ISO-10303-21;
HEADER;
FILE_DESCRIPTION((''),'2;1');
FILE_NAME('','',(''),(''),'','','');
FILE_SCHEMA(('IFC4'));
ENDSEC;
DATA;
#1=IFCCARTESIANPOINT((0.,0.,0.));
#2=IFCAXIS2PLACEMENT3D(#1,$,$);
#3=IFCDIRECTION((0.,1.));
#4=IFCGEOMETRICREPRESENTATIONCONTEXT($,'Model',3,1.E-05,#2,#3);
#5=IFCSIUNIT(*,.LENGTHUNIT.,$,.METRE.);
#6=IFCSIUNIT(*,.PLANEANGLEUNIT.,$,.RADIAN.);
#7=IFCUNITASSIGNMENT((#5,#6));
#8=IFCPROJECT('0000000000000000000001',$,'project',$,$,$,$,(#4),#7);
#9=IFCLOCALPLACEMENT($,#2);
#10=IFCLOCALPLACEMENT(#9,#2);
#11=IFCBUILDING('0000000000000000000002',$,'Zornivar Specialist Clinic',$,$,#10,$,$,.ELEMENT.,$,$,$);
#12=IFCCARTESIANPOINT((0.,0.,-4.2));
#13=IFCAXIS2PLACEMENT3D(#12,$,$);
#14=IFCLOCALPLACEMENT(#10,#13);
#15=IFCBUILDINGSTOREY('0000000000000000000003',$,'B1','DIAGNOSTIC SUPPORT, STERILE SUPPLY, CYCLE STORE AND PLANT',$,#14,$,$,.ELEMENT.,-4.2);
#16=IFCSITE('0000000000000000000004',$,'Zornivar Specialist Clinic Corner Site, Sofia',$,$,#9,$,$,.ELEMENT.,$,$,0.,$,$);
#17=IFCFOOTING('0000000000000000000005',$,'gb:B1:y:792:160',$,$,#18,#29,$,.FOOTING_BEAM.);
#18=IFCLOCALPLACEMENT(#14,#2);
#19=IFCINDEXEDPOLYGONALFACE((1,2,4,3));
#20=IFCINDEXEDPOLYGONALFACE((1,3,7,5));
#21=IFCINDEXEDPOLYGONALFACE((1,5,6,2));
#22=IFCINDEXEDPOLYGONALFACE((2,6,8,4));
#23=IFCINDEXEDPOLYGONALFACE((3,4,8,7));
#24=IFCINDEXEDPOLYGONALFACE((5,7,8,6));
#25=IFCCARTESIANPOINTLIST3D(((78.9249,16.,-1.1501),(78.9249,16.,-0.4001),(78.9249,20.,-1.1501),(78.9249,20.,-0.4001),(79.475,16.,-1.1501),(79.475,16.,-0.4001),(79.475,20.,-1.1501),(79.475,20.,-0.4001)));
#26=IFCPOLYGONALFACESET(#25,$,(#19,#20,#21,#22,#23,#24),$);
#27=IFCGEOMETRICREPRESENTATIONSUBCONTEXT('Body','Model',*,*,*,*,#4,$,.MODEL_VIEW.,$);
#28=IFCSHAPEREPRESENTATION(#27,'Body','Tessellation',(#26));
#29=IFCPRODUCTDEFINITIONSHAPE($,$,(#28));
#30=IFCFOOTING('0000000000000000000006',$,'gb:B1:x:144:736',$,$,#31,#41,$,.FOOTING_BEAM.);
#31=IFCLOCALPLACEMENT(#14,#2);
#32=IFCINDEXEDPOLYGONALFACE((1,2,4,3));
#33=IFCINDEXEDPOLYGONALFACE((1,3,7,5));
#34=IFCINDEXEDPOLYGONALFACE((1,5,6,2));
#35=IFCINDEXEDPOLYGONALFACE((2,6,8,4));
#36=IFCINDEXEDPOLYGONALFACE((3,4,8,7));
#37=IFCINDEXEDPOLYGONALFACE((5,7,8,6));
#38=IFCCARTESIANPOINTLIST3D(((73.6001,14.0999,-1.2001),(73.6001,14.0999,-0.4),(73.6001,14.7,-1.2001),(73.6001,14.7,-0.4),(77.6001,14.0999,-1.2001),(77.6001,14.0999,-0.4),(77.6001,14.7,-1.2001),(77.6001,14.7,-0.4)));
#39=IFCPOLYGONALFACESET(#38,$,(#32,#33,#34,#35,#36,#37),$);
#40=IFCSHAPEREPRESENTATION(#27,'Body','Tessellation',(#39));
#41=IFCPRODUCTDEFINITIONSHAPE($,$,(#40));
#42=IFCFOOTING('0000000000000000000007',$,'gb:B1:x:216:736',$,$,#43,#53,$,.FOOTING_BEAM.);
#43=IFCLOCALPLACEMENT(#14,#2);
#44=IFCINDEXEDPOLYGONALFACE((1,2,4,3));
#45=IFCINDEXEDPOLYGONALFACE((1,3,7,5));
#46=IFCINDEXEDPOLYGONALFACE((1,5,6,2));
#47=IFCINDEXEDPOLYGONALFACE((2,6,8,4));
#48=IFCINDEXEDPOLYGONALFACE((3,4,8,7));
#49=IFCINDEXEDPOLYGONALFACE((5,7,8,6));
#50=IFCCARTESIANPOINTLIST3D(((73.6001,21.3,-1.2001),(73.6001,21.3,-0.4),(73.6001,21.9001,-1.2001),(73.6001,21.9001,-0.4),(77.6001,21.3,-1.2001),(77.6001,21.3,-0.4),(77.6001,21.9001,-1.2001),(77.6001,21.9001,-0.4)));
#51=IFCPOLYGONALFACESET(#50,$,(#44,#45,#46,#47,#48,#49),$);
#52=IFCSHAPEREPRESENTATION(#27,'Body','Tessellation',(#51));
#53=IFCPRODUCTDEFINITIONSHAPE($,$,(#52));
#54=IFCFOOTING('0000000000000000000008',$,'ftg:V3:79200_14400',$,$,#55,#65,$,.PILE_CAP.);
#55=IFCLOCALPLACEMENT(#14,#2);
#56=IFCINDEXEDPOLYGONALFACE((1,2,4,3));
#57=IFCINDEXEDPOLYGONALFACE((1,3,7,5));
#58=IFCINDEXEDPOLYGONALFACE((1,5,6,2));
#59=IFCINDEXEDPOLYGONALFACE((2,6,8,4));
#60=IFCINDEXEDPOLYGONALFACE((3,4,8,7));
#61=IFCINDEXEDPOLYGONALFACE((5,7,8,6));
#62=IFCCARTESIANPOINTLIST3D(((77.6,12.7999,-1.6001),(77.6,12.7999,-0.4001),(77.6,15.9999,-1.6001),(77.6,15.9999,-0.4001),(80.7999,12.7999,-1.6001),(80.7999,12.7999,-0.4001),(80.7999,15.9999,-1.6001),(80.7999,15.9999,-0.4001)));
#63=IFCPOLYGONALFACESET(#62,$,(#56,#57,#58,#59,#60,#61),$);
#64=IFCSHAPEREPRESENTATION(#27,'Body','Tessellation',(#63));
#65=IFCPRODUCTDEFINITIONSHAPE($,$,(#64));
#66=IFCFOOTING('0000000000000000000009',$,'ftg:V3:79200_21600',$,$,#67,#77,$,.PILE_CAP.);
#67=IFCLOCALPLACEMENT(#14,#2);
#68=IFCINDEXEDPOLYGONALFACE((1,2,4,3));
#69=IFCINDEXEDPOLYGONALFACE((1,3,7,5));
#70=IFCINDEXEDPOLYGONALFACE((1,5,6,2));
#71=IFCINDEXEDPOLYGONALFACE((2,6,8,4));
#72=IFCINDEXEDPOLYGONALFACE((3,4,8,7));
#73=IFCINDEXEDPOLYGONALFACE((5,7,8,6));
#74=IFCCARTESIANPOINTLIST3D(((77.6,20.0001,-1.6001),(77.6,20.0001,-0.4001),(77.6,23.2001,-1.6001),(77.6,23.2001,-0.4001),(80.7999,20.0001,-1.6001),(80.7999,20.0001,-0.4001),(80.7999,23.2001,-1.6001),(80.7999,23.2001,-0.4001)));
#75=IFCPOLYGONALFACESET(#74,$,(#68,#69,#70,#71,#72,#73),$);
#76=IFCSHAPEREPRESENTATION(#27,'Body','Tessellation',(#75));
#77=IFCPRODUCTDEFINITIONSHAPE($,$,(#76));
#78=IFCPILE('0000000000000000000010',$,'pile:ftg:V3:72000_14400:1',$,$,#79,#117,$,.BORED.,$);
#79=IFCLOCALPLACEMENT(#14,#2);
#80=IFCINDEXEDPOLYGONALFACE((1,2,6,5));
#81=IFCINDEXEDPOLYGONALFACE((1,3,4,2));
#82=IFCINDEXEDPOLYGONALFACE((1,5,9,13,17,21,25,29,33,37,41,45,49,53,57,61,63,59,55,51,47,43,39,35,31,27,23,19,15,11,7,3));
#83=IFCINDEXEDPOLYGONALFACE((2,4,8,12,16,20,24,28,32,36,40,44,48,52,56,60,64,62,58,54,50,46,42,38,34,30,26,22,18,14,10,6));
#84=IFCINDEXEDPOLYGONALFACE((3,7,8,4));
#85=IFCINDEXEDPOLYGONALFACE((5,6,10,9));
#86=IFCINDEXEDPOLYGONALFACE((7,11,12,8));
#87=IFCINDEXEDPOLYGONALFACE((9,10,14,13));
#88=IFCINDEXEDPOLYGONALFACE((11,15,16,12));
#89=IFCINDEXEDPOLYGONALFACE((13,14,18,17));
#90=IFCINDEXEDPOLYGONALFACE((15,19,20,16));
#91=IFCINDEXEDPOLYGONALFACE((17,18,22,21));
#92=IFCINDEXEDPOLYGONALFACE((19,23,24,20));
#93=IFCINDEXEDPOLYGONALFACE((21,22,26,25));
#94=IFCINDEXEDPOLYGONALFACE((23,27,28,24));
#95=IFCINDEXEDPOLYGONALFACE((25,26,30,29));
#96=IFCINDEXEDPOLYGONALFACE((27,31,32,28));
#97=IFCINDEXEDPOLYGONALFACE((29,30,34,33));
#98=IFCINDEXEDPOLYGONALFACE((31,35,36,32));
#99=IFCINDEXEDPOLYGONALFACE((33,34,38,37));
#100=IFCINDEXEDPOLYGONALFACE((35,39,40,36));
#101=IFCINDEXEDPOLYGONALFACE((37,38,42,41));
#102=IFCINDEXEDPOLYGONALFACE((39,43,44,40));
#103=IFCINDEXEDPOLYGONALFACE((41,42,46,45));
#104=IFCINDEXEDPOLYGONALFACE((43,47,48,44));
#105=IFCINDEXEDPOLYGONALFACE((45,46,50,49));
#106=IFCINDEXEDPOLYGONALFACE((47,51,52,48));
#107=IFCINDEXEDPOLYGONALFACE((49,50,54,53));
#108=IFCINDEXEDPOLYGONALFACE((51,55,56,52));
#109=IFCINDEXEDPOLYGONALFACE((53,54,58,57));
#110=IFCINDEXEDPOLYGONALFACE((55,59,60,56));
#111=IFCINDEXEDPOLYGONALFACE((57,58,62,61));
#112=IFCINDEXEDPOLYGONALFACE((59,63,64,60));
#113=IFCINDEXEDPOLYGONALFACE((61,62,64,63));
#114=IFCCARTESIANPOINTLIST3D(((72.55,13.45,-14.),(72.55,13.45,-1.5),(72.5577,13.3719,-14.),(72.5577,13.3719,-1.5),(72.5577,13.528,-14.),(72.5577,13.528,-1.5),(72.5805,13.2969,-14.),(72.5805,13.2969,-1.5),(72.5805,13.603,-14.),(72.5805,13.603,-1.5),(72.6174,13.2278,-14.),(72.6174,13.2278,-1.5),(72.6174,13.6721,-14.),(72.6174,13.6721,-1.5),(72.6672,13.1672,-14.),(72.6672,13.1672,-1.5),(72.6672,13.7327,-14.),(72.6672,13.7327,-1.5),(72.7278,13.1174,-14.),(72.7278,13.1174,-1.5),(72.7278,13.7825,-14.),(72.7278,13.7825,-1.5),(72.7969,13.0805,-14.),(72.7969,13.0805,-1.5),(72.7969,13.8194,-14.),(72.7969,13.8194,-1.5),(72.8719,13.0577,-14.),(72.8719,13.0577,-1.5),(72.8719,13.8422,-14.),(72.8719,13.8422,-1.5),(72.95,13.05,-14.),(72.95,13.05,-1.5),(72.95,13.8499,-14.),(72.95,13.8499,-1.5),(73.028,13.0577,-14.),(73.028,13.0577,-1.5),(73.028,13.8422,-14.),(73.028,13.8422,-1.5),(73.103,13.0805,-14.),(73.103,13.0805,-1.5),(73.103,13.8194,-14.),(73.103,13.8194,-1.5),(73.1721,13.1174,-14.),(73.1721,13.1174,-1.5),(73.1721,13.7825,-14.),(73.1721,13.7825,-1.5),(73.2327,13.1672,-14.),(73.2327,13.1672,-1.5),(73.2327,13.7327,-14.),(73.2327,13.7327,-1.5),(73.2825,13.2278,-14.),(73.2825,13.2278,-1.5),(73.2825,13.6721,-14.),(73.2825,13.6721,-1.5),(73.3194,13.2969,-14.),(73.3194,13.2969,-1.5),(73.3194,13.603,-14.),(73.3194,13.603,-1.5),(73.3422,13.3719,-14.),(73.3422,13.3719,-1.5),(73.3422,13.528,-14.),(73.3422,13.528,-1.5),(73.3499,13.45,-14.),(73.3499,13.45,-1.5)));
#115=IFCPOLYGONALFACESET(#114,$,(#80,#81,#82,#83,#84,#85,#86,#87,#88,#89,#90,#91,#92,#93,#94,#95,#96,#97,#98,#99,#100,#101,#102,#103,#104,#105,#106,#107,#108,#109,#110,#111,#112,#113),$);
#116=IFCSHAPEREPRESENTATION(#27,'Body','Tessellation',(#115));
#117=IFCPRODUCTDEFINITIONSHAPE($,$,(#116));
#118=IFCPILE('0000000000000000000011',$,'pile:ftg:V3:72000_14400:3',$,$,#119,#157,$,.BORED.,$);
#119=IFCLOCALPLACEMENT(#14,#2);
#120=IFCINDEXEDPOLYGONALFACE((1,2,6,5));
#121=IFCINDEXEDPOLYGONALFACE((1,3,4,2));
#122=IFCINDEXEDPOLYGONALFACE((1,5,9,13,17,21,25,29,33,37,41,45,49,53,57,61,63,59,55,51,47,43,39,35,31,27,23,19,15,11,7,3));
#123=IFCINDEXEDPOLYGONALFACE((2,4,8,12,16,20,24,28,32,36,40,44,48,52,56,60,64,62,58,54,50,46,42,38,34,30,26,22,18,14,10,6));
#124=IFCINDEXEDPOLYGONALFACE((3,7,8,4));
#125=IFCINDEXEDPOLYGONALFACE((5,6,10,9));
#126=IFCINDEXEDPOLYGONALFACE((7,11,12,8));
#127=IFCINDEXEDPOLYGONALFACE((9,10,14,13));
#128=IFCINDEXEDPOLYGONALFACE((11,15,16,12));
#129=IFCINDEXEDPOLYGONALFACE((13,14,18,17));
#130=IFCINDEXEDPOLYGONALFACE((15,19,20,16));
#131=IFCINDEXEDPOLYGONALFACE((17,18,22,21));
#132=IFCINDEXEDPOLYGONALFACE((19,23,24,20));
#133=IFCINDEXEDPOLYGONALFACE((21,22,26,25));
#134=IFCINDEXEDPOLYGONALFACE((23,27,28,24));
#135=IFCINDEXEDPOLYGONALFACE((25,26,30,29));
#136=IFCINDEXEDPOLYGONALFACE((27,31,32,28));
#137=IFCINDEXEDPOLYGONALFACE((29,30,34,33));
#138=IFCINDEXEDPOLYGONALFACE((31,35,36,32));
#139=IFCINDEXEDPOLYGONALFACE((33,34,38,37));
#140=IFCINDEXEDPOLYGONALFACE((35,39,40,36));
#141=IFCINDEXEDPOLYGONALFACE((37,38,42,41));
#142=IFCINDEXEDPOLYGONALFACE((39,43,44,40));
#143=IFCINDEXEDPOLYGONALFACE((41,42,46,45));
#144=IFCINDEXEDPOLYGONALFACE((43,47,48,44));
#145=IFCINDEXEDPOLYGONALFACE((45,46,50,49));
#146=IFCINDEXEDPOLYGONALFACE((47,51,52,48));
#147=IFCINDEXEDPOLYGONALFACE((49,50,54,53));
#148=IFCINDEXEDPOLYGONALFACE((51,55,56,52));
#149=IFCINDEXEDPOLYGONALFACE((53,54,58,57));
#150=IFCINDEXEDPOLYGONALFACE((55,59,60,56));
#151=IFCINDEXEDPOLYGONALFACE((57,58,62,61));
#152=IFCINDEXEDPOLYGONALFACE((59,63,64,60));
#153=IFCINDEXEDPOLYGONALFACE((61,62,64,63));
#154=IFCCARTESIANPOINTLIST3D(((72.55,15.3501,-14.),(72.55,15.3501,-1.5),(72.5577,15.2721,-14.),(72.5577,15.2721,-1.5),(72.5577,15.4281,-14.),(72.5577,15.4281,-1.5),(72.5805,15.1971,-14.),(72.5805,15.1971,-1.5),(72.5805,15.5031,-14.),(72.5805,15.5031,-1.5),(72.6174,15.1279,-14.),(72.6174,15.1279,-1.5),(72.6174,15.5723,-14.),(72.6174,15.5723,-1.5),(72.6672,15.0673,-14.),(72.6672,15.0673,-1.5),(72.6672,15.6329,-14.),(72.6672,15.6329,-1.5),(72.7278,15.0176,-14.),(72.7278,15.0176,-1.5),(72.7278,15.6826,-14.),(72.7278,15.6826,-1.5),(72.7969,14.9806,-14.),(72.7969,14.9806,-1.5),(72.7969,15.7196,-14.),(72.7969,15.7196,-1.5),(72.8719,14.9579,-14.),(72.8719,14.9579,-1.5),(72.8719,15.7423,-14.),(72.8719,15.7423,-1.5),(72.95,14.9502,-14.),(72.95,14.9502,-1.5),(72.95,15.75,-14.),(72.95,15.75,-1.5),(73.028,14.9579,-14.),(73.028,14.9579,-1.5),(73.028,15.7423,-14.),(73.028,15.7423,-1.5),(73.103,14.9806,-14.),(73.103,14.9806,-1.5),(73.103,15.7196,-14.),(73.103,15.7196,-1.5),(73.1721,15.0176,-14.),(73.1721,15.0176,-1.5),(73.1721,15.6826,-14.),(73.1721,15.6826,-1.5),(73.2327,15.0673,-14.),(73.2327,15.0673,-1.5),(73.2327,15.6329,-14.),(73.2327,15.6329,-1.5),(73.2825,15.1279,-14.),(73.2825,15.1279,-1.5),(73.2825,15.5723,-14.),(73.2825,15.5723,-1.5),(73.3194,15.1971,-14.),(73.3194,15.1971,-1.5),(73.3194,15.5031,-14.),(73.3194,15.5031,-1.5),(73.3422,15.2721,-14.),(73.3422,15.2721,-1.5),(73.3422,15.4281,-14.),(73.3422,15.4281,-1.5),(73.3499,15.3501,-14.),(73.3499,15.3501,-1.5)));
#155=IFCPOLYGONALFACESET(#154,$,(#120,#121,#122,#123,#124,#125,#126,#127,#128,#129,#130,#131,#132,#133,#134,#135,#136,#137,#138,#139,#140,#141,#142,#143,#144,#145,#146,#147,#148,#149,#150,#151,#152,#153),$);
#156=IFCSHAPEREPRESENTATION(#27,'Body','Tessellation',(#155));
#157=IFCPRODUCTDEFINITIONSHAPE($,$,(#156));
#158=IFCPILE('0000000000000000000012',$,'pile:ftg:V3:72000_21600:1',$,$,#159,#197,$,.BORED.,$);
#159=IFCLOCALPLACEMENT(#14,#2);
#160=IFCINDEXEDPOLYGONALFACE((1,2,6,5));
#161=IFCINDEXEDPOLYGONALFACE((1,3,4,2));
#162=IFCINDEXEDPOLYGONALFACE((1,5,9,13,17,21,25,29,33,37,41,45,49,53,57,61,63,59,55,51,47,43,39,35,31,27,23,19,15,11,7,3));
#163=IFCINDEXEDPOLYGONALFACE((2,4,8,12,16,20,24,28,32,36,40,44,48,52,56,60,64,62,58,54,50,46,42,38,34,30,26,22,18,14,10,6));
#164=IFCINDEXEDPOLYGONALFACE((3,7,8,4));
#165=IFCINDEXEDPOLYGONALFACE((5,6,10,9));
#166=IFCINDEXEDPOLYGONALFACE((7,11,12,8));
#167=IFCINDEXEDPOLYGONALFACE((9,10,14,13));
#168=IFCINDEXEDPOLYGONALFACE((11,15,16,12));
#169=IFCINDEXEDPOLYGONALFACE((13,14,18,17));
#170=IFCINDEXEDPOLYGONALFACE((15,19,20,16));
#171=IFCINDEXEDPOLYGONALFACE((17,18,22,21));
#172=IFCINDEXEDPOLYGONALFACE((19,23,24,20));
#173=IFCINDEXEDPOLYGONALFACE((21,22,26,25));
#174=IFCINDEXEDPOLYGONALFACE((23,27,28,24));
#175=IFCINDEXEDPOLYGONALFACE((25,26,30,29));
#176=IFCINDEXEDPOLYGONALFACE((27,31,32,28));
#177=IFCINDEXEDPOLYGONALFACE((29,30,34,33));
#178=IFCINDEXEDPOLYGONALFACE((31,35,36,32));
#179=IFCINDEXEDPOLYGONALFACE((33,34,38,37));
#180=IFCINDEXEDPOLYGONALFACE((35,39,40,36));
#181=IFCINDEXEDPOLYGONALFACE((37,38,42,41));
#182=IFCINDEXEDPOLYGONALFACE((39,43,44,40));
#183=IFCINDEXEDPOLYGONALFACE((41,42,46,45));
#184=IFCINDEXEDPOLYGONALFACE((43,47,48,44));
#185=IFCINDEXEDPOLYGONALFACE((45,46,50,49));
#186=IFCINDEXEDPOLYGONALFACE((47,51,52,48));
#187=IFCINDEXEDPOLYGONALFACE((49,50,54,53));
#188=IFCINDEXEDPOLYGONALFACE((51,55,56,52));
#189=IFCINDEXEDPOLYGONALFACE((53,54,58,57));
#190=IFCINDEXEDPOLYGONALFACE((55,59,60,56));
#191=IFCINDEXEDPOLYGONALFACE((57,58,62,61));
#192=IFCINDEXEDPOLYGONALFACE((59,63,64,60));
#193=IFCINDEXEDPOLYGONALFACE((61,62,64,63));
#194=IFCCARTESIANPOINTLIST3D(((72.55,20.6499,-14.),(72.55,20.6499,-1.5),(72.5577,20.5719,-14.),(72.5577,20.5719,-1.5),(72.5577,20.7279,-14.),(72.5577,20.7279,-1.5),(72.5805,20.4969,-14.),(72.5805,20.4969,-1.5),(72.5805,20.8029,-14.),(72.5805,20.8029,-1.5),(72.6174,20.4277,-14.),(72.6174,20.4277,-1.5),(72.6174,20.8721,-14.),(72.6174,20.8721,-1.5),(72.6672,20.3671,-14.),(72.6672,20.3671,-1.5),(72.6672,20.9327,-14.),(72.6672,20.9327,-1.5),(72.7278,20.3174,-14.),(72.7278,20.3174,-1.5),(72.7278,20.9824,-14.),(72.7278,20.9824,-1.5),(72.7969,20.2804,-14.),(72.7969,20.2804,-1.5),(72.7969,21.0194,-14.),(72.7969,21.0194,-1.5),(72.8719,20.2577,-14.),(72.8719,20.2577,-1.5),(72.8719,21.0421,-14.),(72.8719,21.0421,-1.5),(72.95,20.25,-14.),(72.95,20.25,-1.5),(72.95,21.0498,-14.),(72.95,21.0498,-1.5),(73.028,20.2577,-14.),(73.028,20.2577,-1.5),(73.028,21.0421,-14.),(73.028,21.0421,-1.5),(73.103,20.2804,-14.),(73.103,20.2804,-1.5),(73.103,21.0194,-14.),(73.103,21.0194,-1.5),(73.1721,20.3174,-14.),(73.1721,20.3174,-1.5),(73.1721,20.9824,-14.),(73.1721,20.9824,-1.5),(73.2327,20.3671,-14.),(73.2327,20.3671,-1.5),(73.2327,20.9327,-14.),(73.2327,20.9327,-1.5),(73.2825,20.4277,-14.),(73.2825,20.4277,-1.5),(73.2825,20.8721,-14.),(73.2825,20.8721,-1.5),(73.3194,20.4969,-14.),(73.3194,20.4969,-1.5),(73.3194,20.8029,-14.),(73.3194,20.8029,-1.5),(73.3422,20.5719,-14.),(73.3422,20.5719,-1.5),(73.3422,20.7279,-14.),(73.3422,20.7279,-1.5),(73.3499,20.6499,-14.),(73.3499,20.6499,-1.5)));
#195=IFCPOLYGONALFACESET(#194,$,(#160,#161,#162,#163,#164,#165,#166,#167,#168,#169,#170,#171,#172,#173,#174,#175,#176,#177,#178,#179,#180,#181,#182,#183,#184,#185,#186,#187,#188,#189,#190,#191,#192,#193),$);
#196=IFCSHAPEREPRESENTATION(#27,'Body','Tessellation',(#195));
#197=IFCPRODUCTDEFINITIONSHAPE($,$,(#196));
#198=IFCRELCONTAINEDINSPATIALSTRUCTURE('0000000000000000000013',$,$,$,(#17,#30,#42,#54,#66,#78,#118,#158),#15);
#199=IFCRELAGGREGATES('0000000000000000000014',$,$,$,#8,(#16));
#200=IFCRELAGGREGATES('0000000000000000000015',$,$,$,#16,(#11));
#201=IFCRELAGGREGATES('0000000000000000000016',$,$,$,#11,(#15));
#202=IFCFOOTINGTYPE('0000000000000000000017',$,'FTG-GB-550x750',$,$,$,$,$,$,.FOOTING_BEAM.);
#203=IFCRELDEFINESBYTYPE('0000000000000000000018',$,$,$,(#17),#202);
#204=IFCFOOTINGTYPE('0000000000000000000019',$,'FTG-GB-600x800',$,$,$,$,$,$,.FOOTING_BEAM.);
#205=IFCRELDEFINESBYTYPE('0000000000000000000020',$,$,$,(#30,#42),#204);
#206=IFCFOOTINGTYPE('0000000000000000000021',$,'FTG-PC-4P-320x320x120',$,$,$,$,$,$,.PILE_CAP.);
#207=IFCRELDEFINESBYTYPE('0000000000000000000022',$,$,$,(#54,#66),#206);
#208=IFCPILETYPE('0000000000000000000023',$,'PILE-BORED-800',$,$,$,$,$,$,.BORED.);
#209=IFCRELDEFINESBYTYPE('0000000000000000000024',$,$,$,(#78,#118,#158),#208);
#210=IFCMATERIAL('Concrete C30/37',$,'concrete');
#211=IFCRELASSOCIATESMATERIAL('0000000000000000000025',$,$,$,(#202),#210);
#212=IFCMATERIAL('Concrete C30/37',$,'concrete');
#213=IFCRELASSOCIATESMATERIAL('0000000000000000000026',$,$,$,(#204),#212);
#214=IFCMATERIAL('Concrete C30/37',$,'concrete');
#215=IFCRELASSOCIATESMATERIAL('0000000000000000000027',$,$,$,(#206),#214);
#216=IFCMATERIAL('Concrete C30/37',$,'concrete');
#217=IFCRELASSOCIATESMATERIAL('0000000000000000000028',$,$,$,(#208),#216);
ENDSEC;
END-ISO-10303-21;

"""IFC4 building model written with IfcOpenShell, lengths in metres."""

from ifc_helpers import new_model, si_unit, direction, frame, origin, origin_2d, place, context, subcontext, project, spatial, rectangle, circle, extrude, material, material_profile, profile_set, type_object, element, save


model = new_model("IFC4")

# Units and contexts
model_context = context("Model", 3, precision=1e-05, world=origin(), true_north=direction((0.0, 1.0)))
body_context = subcontext(model_context, "Body", "Model", "MODEL_VIEW")
ifc_project = project(units=[si_unit("LENGTHUNIT", "METRE"), si_unit("PLANEANGLEUNIT", "RADIAN")], contexts=[model_context])

# Site, building, storey
site_placement = place(None, origin())
site = spatial("IfcSite", under=ifc_project, at=site_placement, Name="Zornivar Specialist Clinic Corner Site, Sofia", CompositionType="ELEMENT", RefElevation=0.0)
building_placement = place(site_placement, origin())
building = spatial("IfcBuilding", under=site, at=building_placement, Name="Zornivar Specialist Clinic", CompositionType="ELEMENT")
storey_placement = place(building_placement, frame((0.0, 0.0, -4.2)))
storey = spatial("IfcBuildingStorey", under=building, at=storey_placement, Name="B1", Description="DIAGNOSTIC SUPPORT, STERILE SUPPLY, CYCLE STORE AND PLANT", CompositionType="ELEMENT", Elevation=-4.2)

# Footings
ifc_material_1 = material(Name="Concrete C30/37", Category="concrete")
ifc_material_profile_1 = material_profile(ifc_material_1, rectangle(XDim=0.55, YDim=0.75, at=origin_2d()), Name="RC 550x750")
ifc_profile_set_1 = profile_set([ifc_material_profile_1], Name="Concrete C30/37")
footing_type_1 = type_object("IfcFootingType", Name="FTG-GB-550x750", PredefinedType="FOOTING_BEAM", material=ifc_profile_set_1)
footing_placement = place(storey_placement, frame((79.2, 16.0, -0.7751), z_axis=(0.0, 1.0, 0.0), x_axis=(-1.0, 0.0, 0.0)))
element("IfcFooting", 1, at=footing_placement, inside=storey, type_object=footing_type_1, Name="gb:B1:y:792:160", PredefinedType="FOOTING_BEAM", context=body_context, shape_type="SweptSolid", body=[
    extrude(rectangle(XDim=0.55, YDim=0.75, at=origin_2d()), origin(), (0.0, 0.0, 1.0), 4.0),
])
ifc_material_2 = material(Name="Concrete C30/37", Category="concrete")
ifc_material_profile_2 = material_profile(ifc_material_2, rectangle(XDim=0.6001, YDim=0.8, at=origin_2d()), Name="RC 600x800")
ifc_profile_set_2 = profile_set([ifc_material_profile_2], Name="Concrete C30/37")
footing_type_2 = type_object("IfcFootingType", Name="FTG-GB-600x800", PredefinedType="FOOTING_BEAM", material=ifc_profile_set_2)
for number, where, z_axis, x_axis, name in (
    (2, (73.6001, 14.3999, -0.8), (1.0, 0.0, 0.0), (0.0, 1.0, 0.0), "gb:B1:x:144:736"),
    (3, (73.6001, 21.6001, -0.8), (1.0, 0.0, 0.0), (0.0, 1.0, 0.0), "gb:B1:x:216:736"),
):
    element("IfcFooting", number, at=place(storey_placement, frame(where, z_axis=z_axis, x_axis=x_axis)), inside=storey, type_object=footing_type_2, Name=name, PredefinedType="FOOTING_BEAM", context=body_context, shape_type="SweptSolid", body=[
        extrude(rectangle(XDim=0.6001, YDim=0.8, at=origin_2d()), origin(), (0.0, 0.0, 1.0), 4.0),
    ])
ifc_material_3 = material(Name="Concrete C30/37", Category="concrete")
footing_type_3 = type_object("IfcFootingType", Name="FTG-PC-4P-320x320x120", PredefinedType="PILE_CAP", material=ifc_material_3)
for number, where, z_axis, x_axis, name in (
    (4, (79.2, 14.3999, -1.6001), (0.0, 0.0, 1.0), (1.0, 0.0, 0.0), "ftg:V3:79200_14400"),
    (5, (79.2, 21.6001, -1.6001), (0.0, 0.0, 1.0), (1.0, 0.0, 0.0), "ftg:V3:79200_21600"),
):
    element("IfcFooting", number, at=place(storey_placement, frame(where, z_axis=z_axis, x_axis=x_axis)), inside=storey, type_object=footing_type_3, Name=name, PredefinedType="PILE_CAP", context=body_context, shape_type="SweptSolid", body=[
        extrude(rectangle(XDim=3.2, YDim=3.2, at=origin_2d()), origin(), (0.0, 0.0, 1.0), 1.2),
    ])

# Piles
ifc_material_4 = material(Name="Concrete C30/37", Category="concrete")
ifc_material_profile_3 = material_profile(ifc_material_4, circle(Radius=0.3999, at=origin_2d()), Name="PILE D800")
ifc_profile_set_3 = profile_set([ifc_material_profile_3], Name="Concrete C30/37")
pile_type = type_object("IfcPileType", Name="PILE-BORED-800", PredefinedType="BORED", material=ifc_profile_set_3)
for number, where, z_axis, x_axis, name in (
    (6, (72.95, 13.45, -1.5), (0.0, 0.0, -1.0), (1.0, 0.0, 0.0), "pile:ftg:V3:72000_14400:1"),
    (7, (72.95, 15.3501, -1.5), (0.0, 0.0, -1.0), (1.0, 0.0, 0.0), "pile:ftg:V3:72000_14400:3"),
    (8, (72.95, 20.6499, -1.5), (0.0, 0.0, -1.0), (1.0, 0.0, 0.0), "pile:ftg:V3:72000_21600:1"),
):
    element("IfcPile", number, at=place(storey_placement, frame(where, z_axis=z_axis, x_axis=x_axis)), inside=storey, type_object=pile_type, Name=name, PredefinedType="BORED", context=body_context, shape_type="SweptSolid", body=[
        extrude(circle(Radius=0.3999, at=origin_2d()), origin(), (0.0, 0.0, 1.0), 12.5),
    ])

save(model, "model.ifc")
